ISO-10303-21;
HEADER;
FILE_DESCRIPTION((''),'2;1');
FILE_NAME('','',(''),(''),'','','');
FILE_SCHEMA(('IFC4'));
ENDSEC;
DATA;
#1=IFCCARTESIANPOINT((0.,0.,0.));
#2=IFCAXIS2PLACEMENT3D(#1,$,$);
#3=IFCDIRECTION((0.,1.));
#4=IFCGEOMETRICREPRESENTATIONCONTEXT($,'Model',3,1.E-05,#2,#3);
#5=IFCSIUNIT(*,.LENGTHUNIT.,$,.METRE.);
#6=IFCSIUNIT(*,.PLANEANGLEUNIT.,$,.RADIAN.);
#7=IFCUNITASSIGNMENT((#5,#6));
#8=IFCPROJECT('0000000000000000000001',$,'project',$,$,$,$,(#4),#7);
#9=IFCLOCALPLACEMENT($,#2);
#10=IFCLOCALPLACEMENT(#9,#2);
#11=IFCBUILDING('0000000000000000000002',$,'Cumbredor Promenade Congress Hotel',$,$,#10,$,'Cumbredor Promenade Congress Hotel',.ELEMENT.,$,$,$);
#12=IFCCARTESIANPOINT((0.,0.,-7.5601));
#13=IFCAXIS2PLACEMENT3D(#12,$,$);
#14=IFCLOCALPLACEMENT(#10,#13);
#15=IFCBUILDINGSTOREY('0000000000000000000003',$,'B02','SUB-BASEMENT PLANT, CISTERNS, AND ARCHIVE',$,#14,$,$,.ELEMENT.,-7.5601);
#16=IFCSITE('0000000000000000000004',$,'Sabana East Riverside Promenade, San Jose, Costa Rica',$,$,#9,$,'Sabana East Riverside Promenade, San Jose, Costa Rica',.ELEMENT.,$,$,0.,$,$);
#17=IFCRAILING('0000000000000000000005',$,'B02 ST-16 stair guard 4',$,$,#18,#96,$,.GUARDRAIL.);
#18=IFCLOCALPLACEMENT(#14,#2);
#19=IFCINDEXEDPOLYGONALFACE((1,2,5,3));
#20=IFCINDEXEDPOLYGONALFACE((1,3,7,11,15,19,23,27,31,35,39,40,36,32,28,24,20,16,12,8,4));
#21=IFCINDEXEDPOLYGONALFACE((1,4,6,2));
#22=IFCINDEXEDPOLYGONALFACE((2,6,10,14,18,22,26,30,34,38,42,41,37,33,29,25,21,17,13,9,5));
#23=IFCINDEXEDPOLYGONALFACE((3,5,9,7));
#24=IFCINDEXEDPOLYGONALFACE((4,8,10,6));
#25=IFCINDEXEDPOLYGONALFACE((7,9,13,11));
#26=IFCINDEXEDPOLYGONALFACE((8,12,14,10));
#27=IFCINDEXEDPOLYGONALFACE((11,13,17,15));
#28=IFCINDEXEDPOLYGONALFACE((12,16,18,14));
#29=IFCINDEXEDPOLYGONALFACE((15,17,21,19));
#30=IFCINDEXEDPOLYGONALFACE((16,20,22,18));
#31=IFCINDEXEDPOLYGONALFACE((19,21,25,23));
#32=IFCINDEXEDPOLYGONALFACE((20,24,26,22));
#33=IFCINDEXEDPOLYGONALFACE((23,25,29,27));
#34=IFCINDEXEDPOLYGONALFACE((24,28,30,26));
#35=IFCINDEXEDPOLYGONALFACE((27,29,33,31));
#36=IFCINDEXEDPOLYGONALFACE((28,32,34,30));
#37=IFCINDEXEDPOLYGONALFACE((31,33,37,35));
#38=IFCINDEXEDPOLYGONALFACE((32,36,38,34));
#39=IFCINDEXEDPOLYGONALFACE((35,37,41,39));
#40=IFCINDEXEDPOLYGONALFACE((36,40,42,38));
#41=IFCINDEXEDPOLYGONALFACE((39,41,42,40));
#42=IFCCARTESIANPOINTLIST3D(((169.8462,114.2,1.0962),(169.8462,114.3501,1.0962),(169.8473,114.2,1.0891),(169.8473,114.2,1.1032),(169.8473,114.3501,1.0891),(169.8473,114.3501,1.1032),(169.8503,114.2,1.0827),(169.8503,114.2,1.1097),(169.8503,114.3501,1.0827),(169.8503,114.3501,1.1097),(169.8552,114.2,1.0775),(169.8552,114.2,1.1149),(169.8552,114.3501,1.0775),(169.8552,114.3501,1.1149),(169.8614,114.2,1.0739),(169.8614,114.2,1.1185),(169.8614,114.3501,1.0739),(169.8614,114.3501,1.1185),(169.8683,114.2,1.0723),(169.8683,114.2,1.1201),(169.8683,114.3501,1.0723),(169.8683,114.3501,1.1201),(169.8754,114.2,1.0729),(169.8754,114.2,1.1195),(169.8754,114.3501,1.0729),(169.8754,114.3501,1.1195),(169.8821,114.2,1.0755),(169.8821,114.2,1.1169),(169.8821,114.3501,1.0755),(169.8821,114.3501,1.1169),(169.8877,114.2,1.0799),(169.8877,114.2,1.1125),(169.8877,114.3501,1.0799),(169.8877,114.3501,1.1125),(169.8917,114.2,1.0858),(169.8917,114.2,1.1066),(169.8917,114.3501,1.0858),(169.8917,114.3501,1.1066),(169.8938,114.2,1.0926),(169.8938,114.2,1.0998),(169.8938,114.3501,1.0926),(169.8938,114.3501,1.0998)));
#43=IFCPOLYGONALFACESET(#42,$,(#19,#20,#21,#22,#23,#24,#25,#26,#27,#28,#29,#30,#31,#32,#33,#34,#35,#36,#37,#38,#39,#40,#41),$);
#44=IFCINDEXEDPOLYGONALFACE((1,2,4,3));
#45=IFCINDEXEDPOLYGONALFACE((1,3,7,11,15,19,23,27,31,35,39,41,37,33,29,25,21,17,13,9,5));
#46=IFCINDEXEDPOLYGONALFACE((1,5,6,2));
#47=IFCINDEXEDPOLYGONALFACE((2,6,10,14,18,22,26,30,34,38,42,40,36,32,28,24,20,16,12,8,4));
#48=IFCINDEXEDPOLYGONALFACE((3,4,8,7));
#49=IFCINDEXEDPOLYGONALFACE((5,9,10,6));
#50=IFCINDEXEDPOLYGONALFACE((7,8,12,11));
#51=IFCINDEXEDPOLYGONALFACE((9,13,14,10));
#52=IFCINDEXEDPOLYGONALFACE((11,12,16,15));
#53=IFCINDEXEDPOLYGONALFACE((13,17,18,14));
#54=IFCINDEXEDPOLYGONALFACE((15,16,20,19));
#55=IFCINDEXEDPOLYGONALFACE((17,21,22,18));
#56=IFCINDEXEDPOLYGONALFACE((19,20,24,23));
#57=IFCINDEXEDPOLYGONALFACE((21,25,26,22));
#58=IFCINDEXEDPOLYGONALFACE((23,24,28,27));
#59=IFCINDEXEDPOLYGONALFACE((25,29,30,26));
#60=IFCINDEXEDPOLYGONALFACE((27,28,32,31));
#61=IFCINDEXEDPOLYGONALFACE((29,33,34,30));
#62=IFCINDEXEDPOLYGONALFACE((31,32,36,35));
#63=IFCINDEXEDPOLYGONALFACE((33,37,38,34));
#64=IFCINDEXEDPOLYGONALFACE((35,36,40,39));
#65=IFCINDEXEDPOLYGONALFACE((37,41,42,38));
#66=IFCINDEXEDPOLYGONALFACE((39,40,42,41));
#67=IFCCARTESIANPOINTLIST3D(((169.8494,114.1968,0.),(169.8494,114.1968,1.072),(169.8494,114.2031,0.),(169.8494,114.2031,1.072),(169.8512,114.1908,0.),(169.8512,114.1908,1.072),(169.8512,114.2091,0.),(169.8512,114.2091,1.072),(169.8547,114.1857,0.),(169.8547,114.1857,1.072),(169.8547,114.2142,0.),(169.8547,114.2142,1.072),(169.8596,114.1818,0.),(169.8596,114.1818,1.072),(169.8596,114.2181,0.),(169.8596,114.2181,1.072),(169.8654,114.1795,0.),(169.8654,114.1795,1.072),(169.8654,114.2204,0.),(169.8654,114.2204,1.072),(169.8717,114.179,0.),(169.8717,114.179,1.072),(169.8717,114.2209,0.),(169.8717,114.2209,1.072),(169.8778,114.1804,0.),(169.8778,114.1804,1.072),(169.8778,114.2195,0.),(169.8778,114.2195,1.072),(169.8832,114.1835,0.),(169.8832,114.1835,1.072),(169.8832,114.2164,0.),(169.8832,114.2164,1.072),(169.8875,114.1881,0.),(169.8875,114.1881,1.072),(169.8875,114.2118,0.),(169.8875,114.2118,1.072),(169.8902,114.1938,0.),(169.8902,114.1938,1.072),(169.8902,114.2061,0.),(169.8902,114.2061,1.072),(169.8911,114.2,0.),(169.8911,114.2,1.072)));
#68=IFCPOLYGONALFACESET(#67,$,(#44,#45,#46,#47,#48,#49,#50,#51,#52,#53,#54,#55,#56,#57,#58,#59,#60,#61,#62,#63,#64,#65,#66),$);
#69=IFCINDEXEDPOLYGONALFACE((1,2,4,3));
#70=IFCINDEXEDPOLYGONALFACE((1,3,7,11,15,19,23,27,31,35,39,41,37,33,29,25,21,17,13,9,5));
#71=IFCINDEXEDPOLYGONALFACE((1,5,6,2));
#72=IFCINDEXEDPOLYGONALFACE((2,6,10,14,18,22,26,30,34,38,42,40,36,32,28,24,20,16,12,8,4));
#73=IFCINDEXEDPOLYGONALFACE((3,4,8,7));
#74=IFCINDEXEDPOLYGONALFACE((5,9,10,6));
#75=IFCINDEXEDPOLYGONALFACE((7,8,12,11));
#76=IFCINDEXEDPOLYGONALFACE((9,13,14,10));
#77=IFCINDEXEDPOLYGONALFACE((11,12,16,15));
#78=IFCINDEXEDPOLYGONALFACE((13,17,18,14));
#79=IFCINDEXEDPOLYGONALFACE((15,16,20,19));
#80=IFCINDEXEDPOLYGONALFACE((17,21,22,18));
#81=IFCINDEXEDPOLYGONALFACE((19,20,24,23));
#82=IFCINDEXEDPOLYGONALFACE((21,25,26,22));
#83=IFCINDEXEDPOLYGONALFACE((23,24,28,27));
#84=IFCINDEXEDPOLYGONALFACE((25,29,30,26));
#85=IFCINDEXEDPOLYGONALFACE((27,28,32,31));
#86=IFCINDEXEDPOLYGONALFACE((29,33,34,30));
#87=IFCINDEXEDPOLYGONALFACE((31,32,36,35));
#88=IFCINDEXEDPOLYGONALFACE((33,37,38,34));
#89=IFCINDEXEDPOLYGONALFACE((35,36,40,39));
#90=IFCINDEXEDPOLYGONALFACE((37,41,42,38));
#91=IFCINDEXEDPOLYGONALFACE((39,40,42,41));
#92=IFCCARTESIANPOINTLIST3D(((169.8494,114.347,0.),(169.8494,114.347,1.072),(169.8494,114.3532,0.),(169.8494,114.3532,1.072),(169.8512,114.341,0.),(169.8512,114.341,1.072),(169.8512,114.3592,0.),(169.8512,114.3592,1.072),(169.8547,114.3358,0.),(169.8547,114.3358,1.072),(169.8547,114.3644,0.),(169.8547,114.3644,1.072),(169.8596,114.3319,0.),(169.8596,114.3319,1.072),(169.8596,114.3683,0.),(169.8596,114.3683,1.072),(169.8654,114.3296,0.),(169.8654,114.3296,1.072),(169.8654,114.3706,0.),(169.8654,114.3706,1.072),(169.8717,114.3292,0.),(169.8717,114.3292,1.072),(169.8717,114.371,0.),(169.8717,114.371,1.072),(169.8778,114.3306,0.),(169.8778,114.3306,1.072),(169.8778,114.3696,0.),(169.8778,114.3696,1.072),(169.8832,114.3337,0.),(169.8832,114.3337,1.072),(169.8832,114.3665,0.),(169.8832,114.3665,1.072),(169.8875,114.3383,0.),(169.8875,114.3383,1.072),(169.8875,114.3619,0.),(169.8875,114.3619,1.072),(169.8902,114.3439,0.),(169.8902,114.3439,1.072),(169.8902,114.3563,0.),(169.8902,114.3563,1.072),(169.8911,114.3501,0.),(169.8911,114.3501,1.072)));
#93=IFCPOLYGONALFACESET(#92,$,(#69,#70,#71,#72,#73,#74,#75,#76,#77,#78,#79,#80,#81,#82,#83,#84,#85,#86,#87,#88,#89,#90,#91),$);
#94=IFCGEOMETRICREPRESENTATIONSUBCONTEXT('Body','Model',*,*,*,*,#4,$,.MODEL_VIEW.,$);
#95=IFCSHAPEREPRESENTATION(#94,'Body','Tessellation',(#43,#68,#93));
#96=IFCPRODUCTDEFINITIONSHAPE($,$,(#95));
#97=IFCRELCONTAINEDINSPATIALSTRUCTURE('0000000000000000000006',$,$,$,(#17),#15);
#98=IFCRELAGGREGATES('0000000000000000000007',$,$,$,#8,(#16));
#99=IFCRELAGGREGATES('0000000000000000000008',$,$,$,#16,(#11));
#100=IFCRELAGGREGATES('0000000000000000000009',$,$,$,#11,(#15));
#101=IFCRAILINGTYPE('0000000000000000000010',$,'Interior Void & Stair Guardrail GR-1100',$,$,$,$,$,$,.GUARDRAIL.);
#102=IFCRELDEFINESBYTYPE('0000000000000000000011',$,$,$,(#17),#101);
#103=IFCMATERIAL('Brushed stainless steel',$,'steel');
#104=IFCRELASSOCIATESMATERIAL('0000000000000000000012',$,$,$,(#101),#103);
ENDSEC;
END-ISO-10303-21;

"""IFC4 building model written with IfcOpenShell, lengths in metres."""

from ifc_helpers import new_model, si_unit, direction, frame, origin, origin_2d, place, context, subcontext, project, spatial, circle, extrude, material, type_object, element, save


model = new_model("IFC4")

# Units and contexts
model_context = context("Model", 3, precision=1e-05, world=origin(), true_north=direction((0.0, 1.0)))
body_context = subcontext(model_context, "Body", "Model", "MODEL_VIEW")
ifc_project = project(units=[si_unit("LENGTHUNIT", "METRE"), si_unit("PLANEANGLEUNIT", "RADIAN")], contexts=[model_context])

# Site, building, storey
site_placement = place(None, origin())
site = spatial("IfcSite", under=ifc_project, at=site_placement, Name="Sabana East Riverside Promenade, San Jose, Costa Rica", LongName="Sabana East Riverside Promenade, San Jose, Costa Rica", CompositionType="ELEMENT", RefElevation=0.0)
building_placement = place(site_placement, origin())
building = spatial("IfcBuilding", under=site, at=building_placement, Name="Cumbredor Promenade Congress Hotel", LongName="Cumbredor Promenade Congress Hotel", CompositionType="ELEMENT")
storey_placement = place(building_placement, frame((0.0, 0.0, -7.5601)))
storey = spatial("IfcBuildingStorey", under=building, at=storey_placement, Name="B02", Description="SUB-BASEMENT PLANT, CISTERNS, AND ARCHIVE", CompositionType="ELEMENT", Elevation=-7.5601)

# Railing
ifc_material_1 = material(Name="Brushed stainless steel", Category="steel")
railing_type_1 = type_object("IfcRailingType", Name="Interior Void & Stair Guardrail GR-1100", PredefinedType="GUARDRAIL", material=ifc_material_1)
railing_1_placement = place(storey_placement, frame((169.8701, 114.2, 0.0)))
element("IfcRailing", 1, at=railing_1_placement, inside=storey, type_object=railing_type_1, Name="B02 ST-16 stair guard 4", PredefinedType="GUARDRAIL", context=body_context, shape_type="SweptSolid", body=[
    extrude(circle(Radius=0.0239, at=origin_2d()), frame((0.0, 0.0, 1.0962), z_axis=(0.0, 1.0, 0.0), x_axis=(-1.0, 0.0, 0.0)), (0.0, 0.0, 1.0), 0.1501),
    extrude(circle(Radius=0.021, at=origin_2d()), origin(), (0.0, 0.0, 1.0), 1.072),
    extrude(circle(Radius=0.021, at=origin_2d()), frame((0.0, 0.1501, 0.0)), (0.0, 0.0, 1.0), 1.072),
])

save(model, "model.ifc")
